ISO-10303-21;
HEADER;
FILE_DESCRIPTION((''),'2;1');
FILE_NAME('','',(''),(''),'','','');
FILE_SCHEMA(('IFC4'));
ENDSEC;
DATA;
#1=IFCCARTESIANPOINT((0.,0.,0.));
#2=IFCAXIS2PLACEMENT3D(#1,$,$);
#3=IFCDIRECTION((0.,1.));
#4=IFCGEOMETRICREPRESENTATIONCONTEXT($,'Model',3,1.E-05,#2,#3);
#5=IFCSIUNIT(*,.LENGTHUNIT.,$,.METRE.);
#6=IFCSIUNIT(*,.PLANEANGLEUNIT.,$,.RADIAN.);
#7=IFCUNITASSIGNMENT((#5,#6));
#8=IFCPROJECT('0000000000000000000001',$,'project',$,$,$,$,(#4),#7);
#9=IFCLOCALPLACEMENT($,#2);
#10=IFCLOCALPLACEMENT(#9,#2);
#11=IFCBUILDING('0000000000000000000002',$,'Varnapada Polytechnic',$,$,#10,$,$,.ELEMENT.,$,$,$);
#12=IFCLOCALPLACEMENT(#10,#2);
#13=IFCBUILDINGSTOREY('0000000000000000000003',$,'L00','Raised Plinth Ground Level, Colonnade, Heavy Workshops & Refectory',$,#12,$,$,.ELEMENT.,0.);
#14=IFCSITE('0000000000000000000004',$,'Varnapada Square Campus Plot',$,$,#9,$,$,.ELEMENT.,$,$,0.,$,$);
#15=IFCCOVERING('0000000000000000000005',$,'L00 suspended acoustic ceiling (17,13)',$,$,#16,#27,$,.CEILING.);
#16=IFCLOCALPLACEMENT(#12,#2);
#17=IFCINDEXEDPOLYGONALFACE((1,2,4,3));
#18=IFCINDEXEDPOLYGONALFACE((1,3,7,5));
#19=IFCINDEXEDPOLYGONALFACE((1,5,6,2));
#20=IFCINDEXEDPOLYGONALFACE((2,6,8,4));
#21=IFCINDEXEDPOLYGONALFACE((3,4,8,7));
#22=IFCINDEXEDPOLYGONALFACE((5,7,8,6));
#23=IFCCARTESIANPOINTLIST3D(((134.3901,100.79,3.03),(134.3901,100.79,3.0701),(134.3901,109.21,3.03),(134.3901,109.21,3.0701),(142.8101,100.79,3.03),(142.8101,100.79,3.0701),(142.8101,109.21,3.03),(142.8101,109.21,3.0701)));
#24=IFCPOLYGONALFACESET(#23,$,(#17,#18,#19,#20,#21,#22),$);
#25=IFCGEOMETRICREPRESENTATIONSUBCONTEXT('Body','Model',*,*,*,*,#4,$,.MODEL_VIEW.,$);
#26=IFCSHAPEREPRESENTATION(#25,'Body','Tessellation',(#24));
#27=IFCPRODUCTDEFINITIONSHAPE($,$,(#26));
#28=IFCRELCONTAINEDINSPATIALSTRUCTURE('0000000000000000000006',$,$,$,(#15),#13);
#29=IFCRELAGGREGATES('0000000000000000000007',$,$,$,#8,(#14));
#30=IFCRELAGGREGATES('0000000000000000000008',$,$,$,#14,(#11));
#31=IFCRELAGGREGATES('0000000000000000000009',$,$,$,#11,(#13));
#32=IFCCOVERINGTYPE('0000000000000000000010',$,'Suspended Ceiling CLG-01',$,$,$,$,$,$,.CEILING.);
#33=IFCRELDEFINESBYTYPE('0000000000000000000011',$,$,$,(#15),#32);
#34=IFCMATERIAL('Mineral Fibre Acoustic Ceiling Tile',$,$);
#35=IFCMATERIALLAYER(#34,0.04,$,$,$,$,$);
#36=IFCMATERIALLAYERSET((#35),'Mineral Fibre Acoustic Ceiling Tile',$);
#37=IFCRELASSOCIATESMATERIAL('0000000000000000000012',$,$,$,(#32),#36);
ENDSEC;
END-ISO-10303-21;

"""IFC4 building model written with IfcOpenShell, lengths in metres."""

from ifc_helpers import new_model, si_unit, direction, frame, origin, origin_2d, place, context, subcontext, project, spatial, rectangle, extrude, material, layer, layer_set, type_object, element, save


model = new_model("IFC4")

# Units and contexts
model_context = context("Model", 3, precision=1e-05, world=origin(), true_north=direction((0.0, 1.0)))
body_context = subcontext(model_context, "Body", "Model", "MODEL_VIEW")
ifc_project = project(units=[si_unit("LENGTHUNIT", "METRE"), si_unit("PLANEANGLEUNIT", "RADIAN")], contexts=[model_context])

# Site, building, storey
site_placement = place(None, origin())
site = spatial("IfcSite", under=ifc_project, at=site_placement, Name="Varnapada Square Campus Plot", CompositionType="ELEMENT", RefElevation=0.0)
building_placement = place(site_placement, origin())
building = spatial("IfcBuilding", under=site, at=building_placement, Name="Varnapada Polytechnic", CompositionType="ELEMENT")
storey_placement = place(building_placement, origin())
storey = spatial("IfcBuildingStorey", under=building, at=storey_placement, Name="L00", Description="Raised Plinth Ground Level, Colonnade, Heavy Workshops & Refectory", CompositionType="ELEMENT", Elevation=0.0)

# Covering
ifc_material_1 = material(Name="Mineral Fibre Acoustic Ceiling Tile")
ifc_layer_1 = layer(ifc_material_1, 0.04)
ifc_layer_set_1 = layer_set([ifc_layer_1], Name="Mineral Fibre Acoustic Ceiling Tile")
covering_type_1 = type_object("IfcCoveringType", Name="Suspended Ceiling CLG-01", PredefinedType="CEILING", material=ifc_layer_set_1)
covering_1_placement = place(storey_placement, frame((138.6001, 105.0, 3.03), z_axis=(0.0, 0.0, 1.0), x_axis=(1.0, 0.0, 0.0)))
element("IfcCovering", 1, at=covering_1_placement, inside=storey, type_object=covering_type_1, Name="L00 suspended acoustic ceiling (17,13)", PredefinedType="CEILING", context=body_context, shape_type="SweptSolid", body=[
    extrude(rectangle(XDim=8.4199, YDim=8.4199, at=origin_2d()), origin(), (0.0, 0.0, 1.0), 0.04),
])

save(model, "model.ifc")
